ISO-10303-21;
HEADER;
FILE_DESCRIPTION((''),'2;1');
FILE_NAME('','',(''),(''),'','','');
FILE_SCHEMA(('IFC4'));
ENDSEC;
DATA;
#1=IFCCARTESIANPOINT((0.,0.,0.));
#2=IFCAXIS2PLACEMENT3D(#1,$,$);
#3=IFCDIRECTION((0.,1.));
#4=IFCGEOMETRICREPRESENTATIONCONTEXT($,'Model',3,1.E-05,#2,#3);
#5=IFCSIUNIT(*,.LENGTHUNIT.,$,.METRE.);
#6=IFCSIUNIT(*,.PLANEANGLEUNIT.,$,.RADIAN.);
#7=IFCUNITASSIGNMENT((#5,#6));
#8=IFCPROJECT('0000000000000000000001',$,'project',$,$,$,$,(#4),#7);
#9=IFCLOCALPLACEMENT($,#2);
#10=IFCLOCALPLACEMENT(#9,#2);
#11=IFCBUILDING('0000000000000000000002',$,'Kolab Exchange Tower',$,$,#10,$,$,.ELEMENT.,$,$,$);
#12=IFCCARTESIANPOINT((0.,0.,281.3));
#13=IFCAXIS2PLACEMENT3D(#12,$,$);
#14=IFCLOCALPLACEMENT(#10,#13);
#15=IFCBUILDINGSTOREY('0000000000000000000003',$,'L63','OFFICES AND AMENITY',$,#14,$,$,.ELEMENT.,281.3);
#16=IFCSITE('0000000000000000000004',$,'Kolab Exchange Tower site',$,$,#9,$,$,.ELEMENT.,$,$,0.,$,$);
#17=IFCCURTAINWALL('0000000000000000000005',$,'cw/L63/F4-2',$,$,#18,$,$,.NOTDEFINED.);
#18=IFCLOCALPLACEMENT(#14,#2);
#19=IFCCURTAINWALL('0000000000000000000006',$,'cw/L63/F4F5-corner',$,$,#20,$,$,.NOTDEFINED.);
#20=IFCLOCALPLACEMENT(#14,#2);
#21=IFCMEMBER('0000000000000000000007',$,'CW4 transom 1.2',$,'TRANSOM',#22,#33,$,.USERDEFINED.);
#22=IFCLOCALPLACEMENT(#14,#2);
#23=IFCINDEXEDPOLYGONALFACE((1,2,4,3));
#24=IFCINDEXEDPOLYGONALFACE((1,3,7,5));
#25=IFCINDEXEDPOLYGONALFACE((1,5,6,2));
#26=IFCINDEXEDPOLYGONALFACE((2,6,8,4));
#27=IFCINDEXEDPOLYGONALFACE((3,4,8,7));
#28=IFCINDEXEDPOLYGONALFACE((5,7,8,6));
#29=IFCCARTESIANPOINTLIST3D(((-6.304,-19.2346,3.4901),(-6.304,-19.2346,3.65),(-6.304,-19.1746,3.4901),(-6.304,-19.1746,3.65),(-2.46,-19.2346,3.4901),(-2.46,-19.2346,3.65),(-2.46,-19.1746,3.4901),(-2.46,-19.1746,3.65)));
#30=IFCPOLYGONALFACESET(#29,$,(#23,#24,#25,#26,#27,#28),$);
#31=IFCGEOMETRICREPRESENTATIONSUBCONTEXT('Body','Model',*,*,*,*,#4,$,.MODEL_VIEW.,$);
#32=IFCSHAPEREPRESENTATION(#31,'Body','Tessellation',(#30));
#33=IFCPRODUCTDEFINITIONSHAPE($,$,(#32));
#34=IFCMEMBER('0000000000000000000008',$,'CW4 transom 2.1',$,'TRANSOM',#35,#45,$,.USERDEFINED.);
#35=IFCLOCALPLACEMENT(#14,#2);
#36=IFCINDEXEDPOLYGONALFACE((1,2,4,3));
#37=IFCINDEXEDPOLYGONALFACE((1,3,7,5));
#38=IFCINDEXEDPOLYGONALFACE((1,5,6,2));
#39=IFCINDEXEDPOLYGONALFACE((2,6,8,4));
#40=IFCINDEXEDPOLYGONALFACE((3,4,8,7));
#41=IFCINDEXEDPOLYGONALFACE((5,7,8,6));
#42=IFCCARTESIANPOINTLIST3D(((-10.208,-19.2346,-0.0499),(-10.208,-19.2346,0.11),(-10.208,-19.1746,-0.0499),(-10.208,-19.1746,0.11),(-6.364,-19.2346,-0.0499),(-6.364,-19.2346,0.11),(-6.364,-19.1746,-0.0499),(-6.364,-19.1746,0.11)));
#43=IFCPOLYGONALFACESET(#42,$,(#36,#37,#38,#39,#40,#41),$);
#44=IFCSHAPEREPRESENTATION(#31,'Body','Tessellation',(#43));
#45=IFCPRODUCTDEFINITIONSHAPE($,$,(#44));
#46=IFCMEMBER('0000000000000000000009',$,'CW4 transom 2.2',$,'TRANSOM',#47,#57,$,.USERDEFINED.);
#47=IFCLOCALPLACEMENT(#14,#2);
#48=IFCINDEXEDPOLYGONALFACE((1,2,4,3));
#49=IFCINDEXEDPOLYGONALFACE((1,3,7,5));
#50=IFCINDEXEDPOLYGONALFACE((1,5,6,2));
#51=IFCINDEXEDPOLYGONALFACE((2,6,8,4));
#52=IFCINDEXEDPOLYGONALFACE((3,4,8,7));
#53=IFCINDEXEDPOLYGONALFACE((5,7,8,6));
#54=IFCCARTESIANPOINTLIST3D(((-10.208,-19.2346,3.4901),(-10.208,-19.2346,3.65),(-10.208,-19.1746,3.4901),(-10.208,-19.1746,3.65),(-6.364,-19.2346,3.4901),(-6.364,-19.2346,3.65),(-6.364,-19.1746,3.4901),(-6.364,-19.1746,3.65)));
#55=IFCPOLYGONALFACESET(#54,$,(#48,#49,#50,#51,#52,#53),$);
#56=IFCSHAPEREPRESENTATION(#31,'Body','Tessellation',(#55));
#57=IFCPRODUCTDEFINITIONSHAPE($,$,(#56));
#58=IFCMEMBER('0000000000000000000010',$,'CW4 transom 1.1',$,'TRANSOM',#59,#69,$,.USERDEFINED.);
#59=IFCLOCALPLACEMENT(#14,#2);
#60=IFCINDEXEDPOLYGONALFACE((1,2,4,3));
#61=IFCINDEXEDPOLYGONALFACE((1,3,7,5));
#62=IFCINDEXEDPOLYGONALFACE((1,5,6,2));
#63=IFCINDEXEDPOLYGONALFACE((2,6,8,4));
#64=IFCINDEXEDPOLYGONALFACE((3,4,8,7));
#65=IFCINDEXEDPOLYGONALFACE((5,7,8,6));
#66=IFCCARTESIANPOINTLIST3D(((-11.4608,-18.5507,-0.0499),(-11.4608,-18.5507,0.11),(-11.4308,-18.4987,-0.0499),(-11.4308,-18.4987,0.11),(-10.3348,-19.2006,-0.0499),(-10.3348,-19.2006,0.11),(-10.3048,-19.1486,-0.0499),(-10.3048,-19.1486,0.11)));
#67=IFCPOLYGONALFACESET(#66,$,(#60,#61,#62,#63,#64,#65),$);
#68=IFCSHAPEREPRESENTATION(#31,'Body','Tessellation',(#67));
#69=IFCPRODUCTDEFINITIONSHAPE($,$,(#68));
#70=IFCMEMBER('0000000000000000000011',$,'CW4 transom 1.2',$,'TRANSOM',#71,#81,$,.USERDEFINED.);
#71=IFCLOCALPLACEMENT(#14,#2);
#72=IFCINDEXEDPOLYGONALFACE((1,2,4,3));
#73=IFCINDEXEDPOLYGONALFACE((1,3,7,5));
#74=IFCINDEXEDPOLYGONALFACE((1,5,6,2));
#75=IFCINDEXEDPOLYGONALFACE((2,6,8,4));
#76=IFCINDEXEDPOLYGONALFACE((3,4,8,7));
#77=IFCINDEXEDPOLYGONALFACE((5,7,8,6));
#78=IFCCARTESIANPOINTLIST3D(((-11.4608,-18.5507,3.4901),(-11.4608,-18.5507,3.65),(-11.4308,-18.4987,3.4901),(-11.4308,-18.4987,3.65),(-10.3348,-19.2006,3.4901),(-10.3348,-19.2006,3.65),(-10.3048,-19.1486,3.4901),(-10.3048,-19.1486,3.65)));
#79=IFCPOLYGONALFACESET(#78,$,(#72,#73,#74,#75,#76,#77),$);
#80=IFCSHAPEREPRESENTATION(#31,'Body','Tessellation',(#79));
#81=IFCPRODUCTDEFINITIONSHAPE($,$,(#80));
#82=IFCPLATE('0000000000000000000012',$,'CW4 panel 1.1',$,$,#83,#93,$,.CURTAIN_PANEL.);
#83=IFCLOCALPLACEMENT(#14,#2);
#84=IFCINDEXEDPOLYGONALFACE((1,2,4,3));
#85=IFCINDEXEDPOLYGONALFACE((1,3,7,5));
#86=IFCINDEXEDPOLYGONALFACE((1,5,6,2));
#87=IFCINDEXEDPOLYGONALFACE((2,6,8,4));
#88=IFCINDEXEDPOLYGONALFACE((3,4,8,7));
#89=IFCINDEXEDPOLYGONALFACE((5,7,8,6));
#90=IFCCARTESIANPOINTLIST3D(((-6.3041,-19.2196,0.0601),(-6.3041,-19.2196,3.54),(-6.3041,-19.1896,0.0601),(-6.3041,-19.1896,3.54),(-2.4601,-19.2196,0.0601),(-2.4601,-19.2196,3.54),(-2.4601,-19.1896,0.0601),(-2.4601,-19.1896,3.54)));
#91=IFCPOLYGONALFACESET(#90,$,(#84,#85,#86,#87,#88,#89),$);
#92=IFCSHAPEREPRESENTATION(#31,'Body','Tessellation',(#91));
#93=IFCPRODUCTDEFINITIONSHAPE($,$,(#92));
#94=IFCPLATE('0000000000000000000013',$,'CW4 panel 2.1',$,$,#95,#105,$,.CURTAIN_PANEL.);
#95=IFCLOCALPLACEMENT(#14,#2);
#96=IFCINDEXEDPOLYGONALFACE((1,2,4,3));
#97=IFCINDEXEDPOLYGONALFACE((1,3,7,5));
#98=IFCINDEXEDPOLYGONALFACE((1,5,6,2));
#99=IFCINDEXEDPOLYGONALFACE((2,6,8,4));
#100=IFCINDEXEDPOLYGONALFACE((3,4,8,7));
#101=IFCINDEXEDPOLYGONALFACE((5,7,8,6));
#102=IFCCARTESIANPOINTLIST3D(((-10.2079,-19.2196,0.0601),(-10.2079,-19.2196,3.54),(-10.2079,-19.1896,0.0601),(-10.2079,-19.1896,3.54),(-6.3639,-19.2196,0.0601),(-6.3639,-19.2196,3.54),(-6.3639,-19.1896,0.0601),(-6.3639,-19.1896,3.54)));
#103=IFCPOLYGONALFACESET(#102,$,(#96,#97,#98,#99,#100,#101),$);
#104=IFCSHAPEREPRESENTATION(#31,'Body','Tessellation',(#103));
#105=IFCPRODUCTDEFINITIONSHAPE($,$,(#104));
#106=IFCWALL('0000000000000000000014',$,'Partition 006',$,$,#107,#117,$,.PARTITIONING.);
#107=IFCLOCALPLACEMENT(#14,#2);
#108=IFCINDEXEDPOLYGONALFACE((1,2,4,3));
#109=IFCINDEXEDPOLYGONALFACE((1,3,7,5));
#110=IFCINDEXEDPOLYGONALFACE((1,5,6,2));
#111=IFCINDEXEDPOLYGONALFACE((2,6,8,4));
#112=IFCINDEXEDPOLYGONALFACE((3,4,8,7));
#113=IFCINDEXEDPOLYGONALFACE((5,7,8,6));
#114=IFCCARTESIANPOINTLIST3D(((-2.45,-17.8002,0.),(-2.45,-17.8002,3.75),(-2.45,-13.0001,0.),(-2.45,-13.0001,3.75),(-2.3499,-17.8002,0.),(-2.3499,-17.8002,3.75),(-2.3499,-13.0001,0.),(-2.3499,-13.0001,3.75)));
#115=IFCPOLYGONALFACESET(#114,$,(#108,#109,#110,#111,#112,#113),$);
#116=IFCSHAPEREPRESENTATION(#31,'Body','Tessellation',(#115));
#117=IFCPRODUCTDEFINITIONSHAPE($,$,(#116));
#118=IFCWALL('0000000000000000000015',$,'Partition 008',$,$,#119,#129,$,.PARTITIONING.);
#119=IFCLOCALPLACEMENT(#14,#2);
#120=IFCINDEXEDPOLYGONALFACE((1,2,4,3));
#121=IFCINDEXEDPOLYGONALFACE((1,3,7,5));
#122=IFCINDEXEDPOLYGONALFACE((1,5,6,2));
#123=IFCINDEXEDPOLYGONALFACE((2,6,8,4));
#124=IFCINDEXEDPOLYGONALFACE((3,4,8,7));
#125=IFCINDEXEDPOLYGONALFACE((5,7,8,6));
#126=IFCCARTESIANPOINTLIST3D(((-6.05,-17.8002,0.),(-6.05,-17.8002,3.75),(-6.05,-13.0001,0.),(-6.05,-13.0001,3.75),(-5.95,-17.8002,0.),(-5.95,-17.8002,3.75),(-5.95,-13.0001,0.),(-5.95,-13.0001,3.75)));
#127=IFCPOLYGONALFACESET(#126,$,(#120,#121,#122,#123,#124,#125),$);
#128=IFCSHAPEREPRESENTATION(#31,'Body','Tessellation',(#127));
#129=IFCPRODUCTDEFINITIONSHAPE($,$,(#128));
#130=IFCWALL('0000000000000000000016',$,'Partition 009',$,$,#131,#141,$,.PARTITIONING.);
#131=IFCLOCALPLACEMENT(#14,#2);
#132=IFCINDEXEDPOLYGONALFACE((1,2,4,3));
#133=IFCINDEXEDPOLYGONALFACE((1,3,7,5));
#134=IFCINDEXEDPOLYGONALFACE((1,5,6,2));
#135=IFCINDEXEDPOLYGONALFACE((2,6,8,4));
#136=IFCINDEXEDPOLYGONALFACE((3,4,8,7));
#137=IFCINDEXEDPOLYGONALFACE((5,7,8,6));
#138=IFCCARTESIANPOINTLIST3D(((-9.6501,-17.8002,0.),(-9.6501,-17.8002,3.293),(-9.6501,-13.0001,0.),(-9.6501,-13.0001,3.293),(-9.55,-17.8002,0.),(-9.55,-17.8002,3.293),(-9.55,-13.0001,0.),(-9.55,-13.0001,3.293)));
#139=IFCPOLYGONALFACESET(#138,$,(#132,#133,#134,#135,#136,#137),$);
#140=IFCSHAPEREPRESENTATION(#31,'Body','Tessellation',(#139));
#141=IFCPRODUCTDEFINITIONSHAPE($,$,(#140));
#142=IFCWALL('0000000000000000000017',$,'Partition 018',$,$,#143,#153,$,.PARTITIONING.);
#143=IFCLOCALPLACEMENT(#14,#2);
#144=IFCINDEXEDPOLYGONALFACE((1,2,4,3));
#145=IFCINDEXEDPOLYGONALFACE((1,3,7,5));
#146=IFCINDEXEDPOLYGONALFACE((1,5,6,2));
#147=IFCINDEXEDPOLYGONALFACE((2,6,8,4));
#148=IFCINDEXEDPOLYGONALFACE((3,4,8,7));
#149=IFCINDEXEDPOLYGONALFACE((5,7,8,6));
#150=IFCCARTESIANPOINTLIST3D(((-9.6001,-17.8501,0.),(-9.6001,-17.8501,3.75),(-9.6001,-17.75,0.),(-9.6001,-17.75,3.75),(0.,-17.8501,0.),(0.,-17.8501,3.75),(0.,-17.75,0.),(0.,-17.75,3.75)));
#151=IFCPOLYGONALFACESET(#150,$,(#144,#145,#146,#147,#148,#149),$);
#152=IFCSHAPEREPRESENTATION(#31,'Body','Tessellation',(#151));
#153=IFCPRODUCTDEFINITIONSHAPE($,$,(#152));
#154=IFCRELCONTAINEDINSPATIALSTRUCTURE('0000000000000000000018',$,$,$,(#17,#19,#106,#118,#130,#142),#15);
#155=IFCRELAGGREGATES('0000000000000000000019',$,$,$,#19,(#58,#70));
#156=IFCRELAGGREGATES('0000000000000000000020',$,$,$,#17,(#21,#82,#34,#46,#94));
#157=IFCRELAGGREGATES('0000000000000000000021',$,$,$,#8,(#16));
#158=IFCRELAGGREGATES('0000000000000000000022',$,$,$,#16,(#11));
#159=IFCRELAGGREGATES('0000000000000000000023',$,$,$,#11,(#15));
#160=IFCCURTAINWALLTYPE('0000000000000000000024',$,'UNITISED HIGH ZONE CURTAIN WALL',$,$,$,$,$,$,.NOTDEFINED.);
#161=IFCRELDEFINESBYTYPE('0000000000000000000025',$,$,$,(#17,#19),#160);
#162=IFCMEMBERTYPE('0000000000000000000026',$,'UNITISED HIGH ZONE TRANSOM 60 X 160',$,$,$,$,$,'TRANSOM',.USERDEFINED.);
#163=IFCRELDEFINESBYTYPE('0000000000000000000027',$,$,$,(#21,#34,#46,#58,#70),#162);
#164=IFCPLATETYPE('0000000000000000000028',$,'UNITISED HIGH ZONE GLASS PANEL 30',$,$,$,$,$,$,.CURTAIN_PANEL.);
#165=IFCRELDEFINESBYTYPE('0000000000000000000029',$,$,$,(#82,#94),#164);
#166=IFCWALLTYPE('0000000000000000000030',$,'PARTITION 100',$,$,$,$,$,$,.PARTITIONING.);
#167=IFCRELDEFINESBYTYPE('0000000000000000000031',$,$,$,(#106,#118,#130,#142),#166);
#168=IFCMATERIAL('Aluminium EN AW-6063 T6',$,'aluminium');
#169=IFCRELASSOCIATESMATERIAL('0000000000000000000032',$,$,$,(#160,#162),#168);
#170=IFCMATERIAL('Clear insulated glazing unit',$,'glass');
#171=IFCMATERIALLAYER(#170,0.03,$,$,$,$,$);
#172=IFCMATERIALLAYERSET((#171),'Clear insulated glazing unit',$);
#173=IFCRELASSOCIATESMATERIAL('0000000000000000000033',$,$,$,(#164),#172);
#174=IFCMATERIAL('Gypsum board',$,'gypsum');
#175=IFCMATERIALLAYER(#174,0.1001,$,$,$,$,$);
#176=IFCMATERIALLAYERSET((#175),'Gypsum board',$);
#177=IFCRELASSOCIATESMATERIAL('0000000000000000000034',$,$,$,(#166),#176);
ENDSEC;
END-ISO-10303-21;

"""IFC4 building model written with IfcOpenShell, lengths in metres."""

from ifc_helpers import new_model, si_unit, direction, frame, frame_2d, origin, origin_2d, place, context, subcontext, project, spatial, rectangle, extrude, material, layer, layer_set, material_profile, profile_set, type_object, element, aggregate, save


model = new_model("IFC4")

# Units and contexts
model_context = context("Model", 3, precision=1e-05, world=origin(), true_north=direction((0.0, 1.0)))
body_context = subcontext(model_context, "Body", "Model", "MODEL_VIEW")
ifc_project = project(units=[si_unit("LENGTHUNIT", "METRE"), si_unit("PLANEANGLEUNIT", "RADIAN")], contexts=[model_context])

# Site, building, storey
site_placement = place(None, origin())
site = spatial("IfcSite", under=ifc_project, at=site_placement, Name="Kolab Exchange Tower site", CompositionType="ELEMENT", RefElevation=0.0)
building_placement = place(site_placement, origin())
building = spatial("IfcBuilding", under=site, at=building_placement, Name="Kolab Exchange Tower", CompositionType="ELEMENT")
storey_placement = place(building_placement, frame((0.0, 0.0, 281.3)))
storey = spatial("IfcBuildingStorey", under=building, at=storey_placement, Name="L63", Description="OFFICES AND AMENITY", CompositionType="ELEMENT", Elevation=281.3)

# Curtain wall
ifc_material_1 = material(Name="Aluminium EN AW-6063 T6", Category="aluminium")
curtain_wall_type = type_object("IfcCurtainWallType", Name="UNITISED HIGH ZONE CURTAIN WALL", PredefinedType="NOTDEFINED", material=ifc_material_1)
curtain_wall_1_placement = place(storey_placement, origin())
curtain_wall_1 = element("IfcCurtainWall", 1, at=curtain_wall_1_placement, inside=storey, type_object=curtain_wall_type, Name="cw/L63/F4-2", PredefinedType="NOTDEFINED")

# Curtain wall
curtain_wall_2_placement = place(storey_placement, origin())
curtain_wall_2 = element("IfcCurtainWall", 2, at=curtain_wall_2_placement, inside=storey, type_object=curtain_wall_type, Name="cw/L63/F4F5-corner", PredefinedType="NOTDEFINED")

# Members
ifc_material_profile_1 = material_profile(ifc_material_1, rectangle(XDim=0.0601, YDim=0.1599, at=origin_2d()), Name="RECT 60X160")
ifc_profile_set_1 = profile_set([ifc_material_profile_1], Name="Aluminium EN AW-6063 T6")
member_type_1 = type_object("IfcMemberType", Name="UNITISED HIGH ZONE TRANSOM 60 X 160", ElementType="TRANSOM", PredefinedType="USERDEFINED", material=ifc_profile_set_1)
member_1_placement = place(storey_placement, frame((-2.46, -19.2046, 3.5701), z_axis=(-1.0, 0.0, 0.0), x_axis=(0.0, -1.0, 0.0)))
member_1 = element("IfcMember", 3, at=member_1_placement, type_object=member_type_1, Name="CW4 transom 1.2", ObjectType="TRANSOM", PredefinedType="USERDEFINED", context=body_context, shape_type="SweptSolid", body=[
    extrude(rectangle(XDim=0.0601, YDim=0.1599, at=origin_2d()), origin(), (0.0, 0.0, 1.0), 3.844),
])
member_2_placement = place(storey_placement, frame((-6.364, -19.2046, 0.03), z_axis=(-1.0, 0.0, 0.0), x_axis=(0.0, -1.0, 0.0)))
member_2 = element("IfcMember", 4, at=member_2_placement, type_object=member_type_1, Name="CW4 transom 2.1", ObjectType="TRANSOM", PredefinedType="USERDEFINED", context=body_context, shape_type="SweptSolid", body=[
    extrude(rectangle(XDim=0.0601, YDim=0.1599, at=origin_2d()), origin(), (0.0, 0.0, 1.0), 3.844),
])
member_3_placement = place(storey_placement, frame((-6.364, -19.2046, 3.5701), z_axis=(-1.0, 0.0, 0.0), x_axis=(0.0, -1.0, 0.0)))
member_3 = element("IfcMember", 5, at=member_3_placement, type_object=member_type_1, Name="CW4 transom 2.2", ObjectType="TRANSOM", PredefinedType="USERDEFINED", context=body_context, shape_type="SweptSolid", body=[
    extrude(rectangle(XDim=0.0601, YDim=0.1599, at=origin_2d()), origin(), (0.0, 0.0, 1.0), 3.844),
])
member_4_placement = place(storey_placement, frame((-10.3198, -19.1746, 0.03), z_axis=(-0.866086, 0.499896, 0.0), x_axis=(-0.499896, -0.866086, 0.0)))
member_4 = element("IfcMember", 6, at=member_4_placement, type_object=member_type_1, Name="CW4 transom 1.1", ObjectType="TRANSOM", PredefinedType="USERDEFINED", context=body_context, shape_type="SweptSolid", body=[
    extrude(rectangle(XDim=0.0601, YDim=0.1599, at=origin_2d()), origin(), (0.0, 0.0, 1.0), 1.3),
])
member_5_placement = place(storey_placement, frame((-10.3198, -19.1746, 3.5701), z_axis=(-0.866086, 0.499896, 0.0), x_axis=(-0.499896, -0.866086, 0.0)))
member_5 = element("IfcMember", 7, at=member_5_placement, type_object=member_type_1, Name="CW4 transom 1.2", ObjectType="TRANSOM", PredefinedType="USERDEFINED", context=body_context, shape_type="SweptSolid", body=[
    extrude(rectangle(XDim=0.0601, YDim=0.1599, at=origin_2d()), origin(), (0.0, 0.0, 1.0), 1.3),
])
aggregate(curtain_wall_2, [member_4, member_5])

# Plates
ifc_material_2 = material(Name="Clear insulated glazing unit", Category="glass")
ifc_layer_1 = layer(ifc_material_2, 0.03)
ifc_layer_set_1 = layer_set([ifc_layer_1], Name="Clear insulated glazing unit")
plate_type = type_object("IfcPlateType", Name="UNITISED HIGH ZONE GLASS PANEL 30", PredefinedType="CURTAIN_PANEL", material=ifc_layer_set_1)
plate_1_placement = place(storey_placement, frame((-4.3821, -19.2046, 0.0601), z_axis=(0.0, 0.0, 1.0), x_axis=(-1.0, 0.0, 0.0)))
plate_1 = element("IfcPlate", 8, at=plate_1_placement, type_object=plate_type, Name="CW4 panel 1.1", PredefinedType="CURTAIN_PANEL", context=body_context, shape_type="SweptSolid", body=[
    extrude(rectangle(XDim=3.844, YDim=0.03, at=origin_2d()), origin(), (0.0, 0.0, 1.0), 3.48),
])
plate_2_placement = place(storey_placement, frame((-8.2859, -19.2046, 0.0601), z_axis=(0.0, 0.0, 1.0), x_axis=(-1.0, 0.0, 0.0)))
plate_2 = element("IfcPlate", 9, at=plate_2_placement, type_object=plate_type, Name="CW4 panel 2.1", PredefinedType="CURTAIN_PANEL", context=body_context, shape_type="SweptSolid", body=[
    extrude(rectangle(XDim=3.844, YDim=0.03, at=origin_2d()), origin(), (0.0, 0.0, 1.0), 3.48),
])
aggregate(curtain_wall_1, [member_1, plate_1, member_2, member_3, plate_2])

# Walls
ifc_material_3 = material(Name="Gypsum board", Category="gypsum")
ifc_layer_2 = layer(ifc_material_3, 0.1001)
ifc_layer_set_2 = layer_set([ifc_layer_2], Name="Gypsum board")
wall_type = type_object("IfcWallType", Name="PARTITION 100", PredefinedType="PARTITIONING", material=ifc_layer_set_2)
for number, where, z_axis, x_axis, name in (
    (10, (-2.3999, -17.8, 0.0), (0.0, 0.0, 1.0), (0.0, 1.0, 0.0), "Partition 006"),
    (11, (-6.0, -17.8, 0.0), (0.0, 0.0, 1.0), (0.0, 1.0, 0.0), "Partition 008"),
):
    element("IfcWall", number, at=place(storey_placement, frame(where, z_axis=z_axis, x_axis=x_axis)), inside=storey, type_object=wall_type, Name=name, PredefinedType="PARTITIONING", context=body_context, shape_type="SweptSolid", body=[
        extrude(rectangle(XDim=4.8, YDim=0.1001, at=frame_2d((2.3999, 0.0))), origin(), (0.0, 0.0, 1.0), 3.75),
    ])
wall_1_placement = place(storey_placement, frame((-9.6001, -17.8, 0.0), z_axis=(0.0, 0.0, 1.0), x_axis=(0.0, 1.0, 0.0)))
element("IfcWall", 12, at=wall_1_placement, inside=storey, type_object=wall_type, Name="Partition 009", PredefinedType="PARTITIONING", context=body_context, shape_type="SweptSolid", body=[
    extrude(rectangle(XDim=4.8, YDim=0.1001, at=frame_2d((2.3999, 0.0))), origin(), (0.0, 0.0, 1.0), 3.293),
])
wall_2_placement = place(storey_placement, frame((-9.6001, -17.8, 0.0), z_axis=(0.0, 0.0, 1.0), x_axis=(1.0, 0.0, 0.0)))
element("IfcWall", 13, at=wall_2_placement, inside=storey, type_object=wall_type, Name="Partition 018", PredefinedType="PARTITIONING", context=body_context, shape_type="SweptSolid", body=[
    extrude(rectangle(XDim=9.6001, YDim=0.1001, at=frame_2d((4.8, 0.0))), origin(), (0.0, 0.0, 1.0), 3.75),
])

save(model, "model.ifc")
